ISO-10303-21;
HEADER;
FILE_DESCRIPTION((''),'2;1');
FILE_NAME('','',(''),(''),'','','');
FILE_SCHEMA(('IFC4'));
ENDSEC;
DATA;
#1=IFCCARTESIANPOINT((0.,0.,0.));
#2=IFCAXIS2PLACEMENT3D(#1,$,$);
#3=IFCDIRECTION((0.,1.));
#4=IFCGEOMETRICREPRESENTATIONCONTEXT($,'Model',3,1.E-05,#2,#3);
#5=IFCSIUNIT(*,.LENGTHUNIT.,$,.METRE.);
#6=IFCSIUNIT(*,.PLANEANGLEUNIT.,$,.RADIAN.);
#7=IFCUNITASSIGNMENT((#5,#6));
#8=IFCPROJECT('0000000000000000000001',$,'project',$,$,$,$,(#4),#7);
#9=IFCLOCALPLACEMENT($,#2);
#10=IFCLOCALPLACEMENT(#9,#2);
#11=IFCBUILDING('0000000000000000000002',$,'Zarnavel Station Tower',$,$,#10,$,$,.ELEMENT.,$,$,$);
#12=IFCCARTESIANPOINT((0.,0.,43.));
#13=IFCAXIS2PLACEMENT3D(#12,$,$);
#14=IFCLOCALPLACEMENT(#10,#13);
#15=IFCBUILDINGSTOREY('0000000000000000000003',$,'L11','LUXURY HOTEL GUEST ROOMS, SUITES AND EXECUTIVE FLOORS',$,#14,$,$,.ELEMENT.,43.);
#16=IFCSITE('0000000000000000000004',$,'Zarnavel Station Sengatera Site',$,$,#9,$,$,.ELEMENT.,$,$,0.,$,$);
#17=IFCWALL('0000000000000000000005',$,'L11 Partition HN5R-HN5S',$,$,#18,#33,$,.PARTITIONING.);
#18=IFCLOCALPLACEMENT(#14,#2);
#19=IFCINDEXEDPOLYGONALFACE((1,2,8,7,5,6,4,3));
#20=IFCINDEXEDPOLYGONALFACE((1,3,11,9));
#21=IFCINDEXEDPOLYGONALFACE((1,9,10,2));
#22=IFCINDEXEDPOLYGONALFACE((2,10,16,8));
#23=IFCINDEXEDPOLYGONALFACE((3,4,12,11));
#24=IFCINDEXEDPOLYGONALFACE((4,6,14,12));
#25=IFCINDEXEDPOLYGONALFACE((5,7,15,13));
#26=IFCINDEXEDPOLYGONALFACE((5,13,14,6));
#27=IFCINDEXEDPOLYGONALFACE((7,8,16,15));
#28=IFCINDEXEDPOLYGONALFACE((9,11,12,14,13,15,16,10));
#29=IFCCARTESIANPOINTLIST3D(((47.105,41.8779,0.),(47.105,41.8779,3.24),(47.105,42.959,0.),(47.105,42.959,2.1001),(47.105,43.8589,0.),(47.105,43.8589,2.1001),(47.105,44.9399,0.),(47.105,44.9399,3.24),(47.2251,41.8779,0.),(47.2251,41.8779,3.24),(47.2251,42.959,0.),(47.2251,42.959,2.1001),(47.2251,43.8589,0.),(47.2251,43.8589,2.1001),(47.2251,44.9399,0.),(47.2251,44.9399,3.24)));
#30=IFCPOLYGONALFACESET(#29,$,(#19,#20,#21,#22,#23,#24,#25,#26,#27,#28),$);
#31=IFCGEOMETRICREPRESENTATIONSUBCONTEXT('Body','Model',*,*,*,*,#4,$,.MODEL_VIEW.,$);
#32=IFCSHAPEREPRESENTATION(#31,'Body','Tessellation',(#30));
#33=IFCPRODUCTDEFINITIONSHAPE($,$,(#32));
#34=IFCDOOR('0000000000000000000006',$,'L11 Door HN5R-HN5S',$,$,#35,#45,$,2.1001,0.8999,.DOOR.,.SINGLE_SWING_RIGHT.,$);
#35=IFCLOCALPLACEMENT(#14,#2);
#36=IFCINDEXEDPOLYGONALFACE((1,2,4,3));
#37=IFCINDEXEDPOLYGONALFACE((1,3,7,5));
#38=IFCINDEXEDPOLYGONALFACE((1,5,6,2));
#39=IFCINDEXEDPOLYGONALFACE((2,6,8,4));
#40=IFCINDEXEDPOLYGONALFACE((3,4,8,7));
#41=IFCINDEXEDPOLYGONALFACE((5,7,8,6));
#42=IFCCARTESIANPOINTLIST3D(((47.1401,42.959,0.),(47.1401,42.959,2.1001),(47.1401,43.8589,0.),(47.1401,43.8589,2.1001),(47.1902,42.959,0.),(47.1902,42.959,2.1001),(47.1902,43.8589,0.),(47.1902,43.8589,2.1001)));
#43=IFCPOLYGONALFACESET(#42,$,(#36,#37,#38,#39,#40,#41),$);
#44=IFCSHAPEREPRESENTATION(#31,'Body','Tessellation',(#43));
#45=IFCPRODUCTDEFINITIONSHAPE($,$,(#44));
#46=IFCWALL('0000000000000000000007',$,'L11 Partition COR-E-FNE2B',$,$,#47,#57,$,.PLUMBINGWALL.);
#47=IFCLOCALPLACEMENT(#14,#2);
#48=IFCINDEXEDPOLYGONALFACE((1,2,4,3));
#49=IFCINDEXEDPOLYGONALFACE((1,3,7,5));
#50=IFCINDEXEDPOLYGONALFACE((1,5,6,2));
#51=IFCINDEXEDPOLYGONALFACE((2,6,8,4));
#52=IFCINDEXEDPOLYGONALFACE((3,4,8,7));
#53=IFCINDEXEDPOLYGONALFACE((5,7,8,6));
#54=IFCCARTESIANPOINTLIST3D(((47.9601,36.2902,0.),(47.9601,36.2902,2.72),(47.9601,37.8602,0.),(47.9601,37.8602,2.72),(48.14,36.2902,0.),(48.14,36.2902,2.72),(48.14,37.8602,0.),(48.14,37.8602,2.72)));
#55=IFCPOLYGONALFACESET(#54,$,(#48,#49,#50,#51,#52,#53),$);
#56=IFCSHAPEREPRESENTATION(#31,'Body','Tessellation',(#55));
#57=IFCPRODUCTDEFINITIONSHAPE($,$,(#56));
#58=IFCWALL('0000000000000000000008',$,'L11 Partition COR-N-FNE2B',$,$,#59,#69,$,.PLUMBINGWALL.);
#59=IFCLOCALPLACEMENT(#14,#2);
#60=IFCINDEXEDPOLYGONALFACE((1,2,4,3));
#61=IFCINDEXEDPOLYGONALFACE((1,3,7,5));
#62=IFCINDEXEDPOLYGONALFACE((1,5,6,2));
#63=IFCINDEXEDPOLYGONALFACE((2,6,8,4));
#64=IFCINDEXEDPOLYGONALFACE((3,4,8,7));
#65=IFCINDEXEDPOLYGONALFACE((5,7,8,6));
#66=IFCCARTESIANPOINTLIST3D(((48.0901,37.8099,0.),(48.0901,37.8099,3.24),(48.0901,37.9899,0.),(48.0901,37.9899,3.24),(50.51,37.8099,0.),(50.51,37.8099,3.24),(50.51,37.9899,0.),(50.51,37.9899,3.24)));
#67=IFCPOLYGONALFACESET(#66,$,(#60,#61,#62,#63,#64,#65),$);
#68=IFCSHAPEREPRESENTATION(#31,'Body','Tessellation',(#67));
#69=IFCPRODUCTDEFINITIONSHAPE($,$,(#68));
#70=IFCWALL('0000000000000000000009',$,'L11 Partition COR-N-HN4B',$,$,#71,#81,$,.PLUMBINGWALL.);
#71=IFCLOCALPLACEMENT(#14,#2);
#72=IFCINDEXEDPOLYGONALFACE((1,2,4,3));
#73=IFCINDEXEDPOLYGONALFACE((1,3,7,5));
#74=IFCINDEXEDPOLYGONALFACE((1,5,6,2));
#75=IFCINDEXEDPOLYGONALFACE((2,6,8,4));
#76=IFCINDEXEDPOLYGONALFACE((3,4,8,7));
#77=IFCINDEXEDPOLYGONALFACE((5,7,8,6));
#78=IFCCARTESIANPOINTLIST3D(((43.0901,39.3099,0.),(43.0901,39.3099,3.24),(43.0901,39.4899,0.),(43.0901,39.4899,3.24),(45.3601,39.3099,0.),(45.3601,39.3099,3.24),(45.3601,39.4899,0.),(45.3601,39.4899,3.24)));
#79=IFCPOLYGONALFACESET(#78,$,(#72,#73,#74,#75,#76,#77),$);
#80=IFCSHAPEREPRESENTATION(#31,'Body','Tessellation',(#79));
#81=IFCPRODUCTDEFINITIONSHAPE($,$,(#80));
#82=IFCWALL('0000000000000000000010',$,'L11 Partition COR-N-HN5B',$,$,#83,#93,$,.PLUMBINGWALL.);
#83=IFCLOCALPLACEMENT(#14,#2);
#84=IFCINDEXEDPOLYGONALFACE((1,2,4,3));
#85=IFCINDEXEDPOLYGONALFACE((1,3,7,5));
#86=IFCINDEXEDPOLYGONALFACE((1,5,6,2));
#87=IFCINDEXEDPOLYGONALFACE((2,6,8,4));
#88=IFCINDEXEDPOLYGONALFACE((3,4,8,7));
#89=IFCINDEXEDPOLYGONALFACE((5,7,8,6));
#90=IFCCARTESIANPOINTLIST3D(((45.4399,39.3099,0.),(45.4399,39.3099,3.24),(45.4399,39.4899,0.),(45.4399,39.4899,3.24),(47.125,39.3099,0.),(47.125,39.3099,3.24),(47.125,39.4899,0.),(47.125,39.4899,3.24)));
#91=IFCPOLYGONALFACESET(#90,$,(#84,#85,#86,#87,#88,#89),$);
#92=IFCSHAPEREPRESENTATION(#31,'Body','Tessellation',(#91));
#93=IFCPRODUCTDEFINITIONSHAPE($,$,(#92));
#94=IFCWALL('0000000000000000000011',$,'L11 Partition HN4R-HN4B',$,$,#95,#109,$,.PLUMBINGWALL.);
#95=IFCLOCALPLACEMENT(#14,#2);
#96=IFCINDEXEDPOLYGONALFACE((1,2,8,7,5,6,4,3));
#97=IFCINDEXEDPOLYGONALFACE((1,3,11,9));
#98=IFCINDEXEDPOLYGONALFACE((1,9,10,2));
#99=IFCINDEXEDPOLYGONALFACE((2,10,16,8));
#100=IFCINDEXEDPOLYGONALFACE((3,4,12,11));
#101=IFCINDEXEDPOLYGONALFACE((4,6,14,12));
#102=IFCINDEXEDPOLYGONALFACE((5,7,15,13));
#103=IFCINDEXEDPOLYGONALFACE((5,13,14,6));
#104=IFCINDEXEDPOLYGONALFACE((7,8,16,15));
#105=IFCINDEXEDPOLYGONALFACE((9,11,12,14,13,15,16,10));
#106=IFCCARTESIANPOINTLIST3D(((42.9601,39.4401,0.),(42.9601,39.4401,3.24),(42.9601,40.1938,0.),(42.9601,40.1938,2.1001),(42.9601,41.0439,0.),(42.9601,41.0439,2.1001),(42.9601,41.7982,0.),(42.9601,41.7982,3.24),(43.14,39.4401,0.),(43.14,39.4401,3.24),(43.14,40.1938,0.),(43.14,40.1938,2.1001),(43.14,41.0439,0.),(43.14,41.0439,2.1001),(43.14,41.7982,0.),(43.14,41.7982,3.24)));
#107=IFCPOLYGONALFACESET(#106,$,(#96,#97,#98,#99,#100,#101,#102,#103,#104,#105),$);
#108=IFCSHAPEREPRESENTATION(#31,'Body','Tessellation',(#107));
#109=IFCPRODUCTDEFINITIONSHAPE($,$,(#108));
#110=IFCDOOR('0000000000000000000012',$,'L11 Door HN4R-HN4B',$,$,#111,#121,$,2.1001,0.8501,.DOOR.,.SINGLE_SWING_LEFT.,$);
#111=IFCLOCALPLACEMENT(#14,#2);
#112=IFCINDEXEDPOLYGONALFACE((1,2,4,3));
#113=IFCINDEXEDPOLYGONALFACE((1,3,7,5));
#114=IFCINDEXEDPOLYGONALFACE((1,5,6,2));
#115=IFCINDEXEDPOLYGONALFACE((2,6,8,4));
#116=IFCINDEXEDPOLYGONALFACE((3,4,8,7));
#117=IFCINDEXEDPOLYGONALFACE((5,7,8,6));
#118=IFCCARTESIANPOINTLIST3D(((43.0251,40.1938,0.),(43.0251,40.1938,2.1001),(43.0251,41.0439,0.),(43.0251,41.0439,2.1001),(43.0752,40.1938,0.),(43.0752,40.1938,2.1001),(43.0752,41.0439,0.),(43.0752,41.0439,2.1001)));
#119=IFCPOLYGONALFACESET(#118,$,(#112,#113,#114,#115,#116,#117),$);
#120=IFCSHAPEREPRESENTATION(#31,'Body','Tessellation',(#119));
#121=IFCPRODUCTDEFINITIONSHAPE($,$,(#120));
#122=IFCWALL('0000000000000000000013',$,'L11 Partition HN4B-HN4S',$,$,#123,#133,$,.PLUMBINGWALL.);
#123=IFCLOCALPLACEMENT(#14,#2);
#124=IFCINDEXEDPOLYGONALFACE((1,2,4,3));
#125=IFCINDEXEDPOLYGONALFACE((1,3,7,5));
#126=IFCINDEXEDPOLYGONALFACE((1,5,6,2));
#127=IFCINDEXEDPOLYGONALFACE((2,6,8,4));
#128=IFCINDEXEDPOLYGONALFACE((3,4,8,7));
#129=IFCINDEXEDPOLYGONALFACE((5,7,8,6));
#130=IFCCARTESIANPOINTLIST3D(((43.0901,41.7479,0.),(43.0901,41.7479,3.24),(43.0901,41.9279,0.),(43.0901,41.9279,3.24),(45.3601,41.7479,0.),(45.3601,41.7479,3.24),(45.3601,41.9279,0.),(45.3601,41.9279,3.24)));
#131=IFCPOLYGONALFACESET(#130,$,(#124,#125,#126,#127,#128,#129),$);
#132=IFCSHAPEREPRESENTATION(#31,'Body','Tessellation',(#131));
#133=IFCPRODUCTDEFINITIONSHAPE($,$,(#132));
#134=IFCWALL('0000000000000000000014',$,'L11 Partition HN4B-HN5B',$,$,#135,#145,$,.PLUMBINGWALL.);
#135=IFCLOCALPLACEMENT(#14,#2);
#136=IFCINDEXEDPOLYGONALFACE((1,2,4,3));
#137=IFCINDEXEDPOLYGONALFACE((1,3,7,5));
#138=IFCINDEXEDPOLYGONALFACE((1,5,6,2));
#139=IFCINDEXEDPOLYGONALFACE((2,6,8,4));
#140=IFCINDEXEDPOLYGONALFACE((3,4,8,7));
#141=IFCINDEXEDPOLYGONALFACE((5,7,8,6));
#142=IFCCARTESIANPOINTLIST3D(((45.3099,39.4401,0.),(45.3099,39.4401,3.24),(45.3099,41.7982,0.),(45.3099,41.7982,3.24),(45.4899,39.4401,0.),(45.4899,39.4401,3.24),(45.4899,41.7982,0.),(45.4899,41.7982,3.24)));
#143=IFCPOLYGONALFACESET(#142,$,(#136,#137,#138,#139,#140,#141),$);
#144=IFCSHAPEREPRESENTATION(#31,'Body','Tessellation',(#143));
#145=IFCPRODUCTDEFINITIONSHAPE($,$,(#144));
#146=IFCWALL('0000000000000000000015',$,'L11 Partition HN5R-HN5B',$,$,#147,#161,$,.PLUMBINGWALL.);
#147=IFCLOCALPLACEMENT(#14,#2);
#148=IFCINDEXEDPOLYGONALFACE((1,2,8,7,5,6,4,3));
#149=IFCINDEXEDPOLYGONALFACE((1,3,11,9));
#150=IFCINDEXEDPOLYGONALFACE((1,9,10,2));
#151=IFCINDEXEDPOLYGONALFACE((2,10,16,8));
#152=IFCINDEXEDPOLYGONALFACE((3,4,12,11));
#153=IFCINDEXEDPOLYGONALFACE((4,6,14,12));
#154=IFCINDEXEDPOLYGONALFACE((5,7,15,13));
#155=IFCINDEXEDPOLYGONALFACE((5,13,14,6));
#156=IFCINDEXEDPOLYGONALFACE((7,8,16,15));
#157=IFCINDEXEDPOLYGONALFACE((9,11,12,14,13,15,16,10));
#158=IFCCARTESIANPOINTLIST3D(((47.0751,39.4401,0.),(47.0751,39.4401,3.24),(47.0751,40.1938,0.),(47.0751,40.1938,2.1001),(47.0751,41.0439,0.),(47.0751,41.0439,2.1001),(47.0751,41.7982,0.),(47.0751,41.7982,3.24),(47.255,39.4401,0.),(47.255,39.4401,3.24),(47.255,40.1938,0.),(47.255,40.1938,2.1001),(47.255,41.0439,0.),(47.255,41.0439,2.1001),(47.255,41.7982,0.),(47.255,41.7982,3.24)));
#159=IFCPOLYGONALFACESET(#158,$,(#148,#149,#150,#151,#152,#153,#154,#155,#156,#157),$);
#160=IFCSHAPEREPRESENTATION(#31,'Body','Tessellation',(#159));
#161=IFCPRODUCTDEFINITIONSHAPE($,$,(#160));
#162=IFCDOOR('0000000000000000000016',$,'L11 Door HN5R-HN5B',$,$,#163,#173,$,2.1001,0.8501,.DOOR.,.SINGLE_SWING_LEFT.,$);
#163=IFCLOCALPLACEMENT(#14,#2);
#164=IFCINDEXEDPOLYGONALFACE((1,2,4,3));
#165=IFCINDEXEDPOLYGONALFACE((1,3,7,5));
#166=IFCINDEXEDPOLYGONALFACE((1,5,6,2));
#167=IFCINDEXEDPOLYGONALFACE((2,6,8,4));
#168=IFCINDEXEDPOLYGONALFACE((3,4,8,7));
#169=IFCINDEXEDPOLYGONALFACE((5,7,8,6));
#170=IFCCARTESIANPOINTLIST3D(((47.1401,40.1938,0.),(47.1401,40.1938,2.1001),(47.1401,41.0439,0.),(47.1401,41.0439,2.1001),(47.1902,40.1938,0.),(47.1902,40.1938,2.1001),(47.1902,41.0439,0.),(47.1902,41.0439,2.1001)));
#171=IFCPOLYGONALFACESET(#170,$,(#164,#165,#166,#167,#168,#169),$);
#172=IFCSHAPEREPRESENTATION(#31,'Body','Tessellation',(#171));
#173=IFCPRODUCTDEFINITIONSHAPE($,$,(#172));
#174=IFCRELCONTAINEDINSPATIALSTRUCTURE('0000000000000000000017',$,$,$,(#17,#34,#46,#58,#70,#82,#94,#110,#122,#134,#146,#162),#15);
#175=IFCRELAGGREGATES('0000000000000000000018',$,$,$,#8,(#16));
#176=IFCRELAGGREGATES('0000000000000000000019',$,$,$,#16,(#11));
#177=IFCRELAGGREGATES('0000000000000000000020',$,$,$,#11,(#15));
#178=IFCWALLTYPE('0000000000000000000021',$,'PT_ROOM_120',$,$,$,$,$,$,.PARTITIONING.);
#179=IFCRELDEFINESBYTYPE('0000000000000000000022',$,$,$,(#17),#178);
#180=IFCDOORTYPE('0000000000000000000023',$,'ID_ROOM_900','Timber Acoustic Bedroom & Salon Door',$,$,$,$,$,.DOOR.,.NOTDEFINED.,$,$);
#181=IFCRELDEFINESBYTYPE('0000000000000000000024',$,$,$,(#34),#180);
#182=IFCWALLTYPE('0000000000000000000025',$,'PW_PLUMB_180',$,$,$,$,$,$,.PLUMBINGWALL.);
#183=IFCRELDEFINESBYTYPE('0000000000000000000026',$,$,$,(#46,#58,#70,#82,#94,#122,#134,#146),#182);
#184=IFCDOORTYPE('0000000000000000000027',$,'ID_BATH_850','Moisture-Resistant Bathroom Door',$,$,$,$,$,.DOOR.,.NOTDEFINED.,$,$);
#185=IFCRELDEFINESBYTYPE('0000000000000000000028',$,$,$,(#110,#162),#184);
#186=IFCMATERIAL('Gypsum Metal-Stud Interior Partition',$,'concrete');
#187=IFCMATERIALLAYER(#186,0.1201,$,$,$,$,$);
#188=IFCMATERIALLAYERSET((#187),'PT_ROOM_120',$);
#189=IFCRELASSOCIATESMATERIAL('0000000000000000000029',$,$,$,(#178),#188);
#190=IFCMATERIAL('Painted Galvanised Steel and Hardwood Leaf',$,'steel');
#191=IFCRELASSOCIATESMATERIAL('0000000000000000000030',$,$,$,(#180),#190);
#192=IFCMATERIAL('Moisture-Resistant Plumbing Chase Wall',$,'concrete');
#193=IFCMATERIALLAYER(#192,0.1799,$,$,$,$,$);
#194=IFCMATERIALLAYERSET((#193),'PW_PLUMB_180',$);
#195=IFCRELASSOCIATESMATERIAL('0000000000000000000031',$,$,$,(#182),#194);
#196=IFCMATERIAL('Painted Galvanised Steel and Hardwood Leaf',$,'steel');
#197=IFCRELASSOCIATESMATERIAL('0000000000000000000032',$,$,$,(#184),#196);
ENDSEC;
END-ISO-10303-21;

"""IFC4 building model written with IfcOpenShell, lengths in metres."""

from ifc_helpers import new_model, si_unit, direction, frame, frame_2d, origin, place, context, subcontext, project, spatial, rectangle, extrude, material, layer, layer_set, type_object, element, fill, save


model = new_model("IFC4")

# Units and contexts
model_context = context("Model", 3, precision=1e-05, world=origin(), true_north=direction((0.0, 1.0)))
body_context = subcontext(model_context, "Body", "Model", "MODEL_VIEW")
ifc_project = project(units=[si_unit("LENGTHUNIT", "METRE"), si_unit("PLANEANGLEUNIT", "RADIAN")], contexts=[model_context])

# Site, building, storey
site_placement = place(None, origin())
site = spatial("IfcSite", under=ifc_project, at=site_placement, Name="Zarnavel Station Sengatera Site", CompositionType="ELEMENT", RefElevation=0.0)
building_placement = place(site_placement, origin())
building = spatial("IfcBuilding", under=site, at=building_placement, Name="Zarnavel Station Tower", CompositionType="ELEMENT")
storey_placement = place(building_placement, frame((0.0, 0.0, 43.0)))
storey = spatial("IfcBuildingStorey", under=building, at=storey_placement, Name="L11", Description="LUXURY HOTEL GUEST ROOMS, SUITES AND EXECUTIVE FLOORS", CompositionType="ELEMENT", Elevation=43.0)

# Wall, opening, door
ifc_material_1 = material(Name="Gypsum Metal-Stud Interior Partition", Category="concrete")
ifc_layer_1 = layer(ifc_material_1, 0.1201)
ifc_layer_set_1 = layer_set([ifc_layer_1], Name="PT_ROOM_120")
wall_type_1 = type_object("IfcWallType", Name="PT_ROOM_120", PredefinedType="PARTITIONING", material=ifc_layer_set_1)
ifc_material_2 = material(Name="Painted Galvanised Steel and Hardwood Leaf", Category="steel")
door_type_1 = type_object("IfcDoorType", Name="ID_ROOM_900", Description="Timber Acoustic Bedroom & Salon Door", OperationType="NOTDEFINED", PredefinedType="DOOR", material=ifc_material_2)
wall_1_placement = place(storey_placement, frame((47.165, 41.8779, 0.0), z_axis=(0.0, 0.0, 1.0), x_axis=(0.0, 1.0, 0.0)))
wall_1 = element("IfcWall", 1, at=wall_1_placement, inside=storey, type_object=wall_type_1, Name="L11 Partition HN5R-HN5S", PredefinedType="PARTITIONING", context=body_context, shape_type="SweptSolid", body=[
    extrude(rectangle(XDim=3.062, YDim=0.1201, at=frame_2d((1.531, 0.0))), origin(), (0.0, 0.0, 1.0), 3.24),
])
opening_1_placement = place(wall_1_placement, frame((1.0811, 0.0, 0.0)))
opening_1 = element("IfcOpeningElement", 2, at=opening_1_placement, cuts=wall_1, PredefinedType="OPENING", context=body_context, shape_type="SweptSolid", body=[
    extrude(rectangle(XDim=0.8999, YDim=2.1001, at=frame_2d((0.45, 1.05))), frame((0.0, 0.0701, 0.0), z_axis=(0.0, -1.0, 0.0), x_axis=(1.0, 0.0, 0.0)), (0.0, 0.0, 1.0), 0.1401),
])
door_1_placement = place(opening_1_placement, origin())
door_1 = element("IfcDoor", 3, at=door_1_placement, inside=storey, type_object=door_type_1, Name="L11 Door HN5R-HN5S", OperationType="SINGLE_SWING_RIGHT", OverallHeight=2.1001, OverallWidth=0.8999, PredefinedType="DOOR", context=body_context, shape_type="SweptSolid", body=[
    extrude(rectangle(XDim=0.8999, YDim=2.1001, at=frame_2d((0.45, 1.05))), frame((0.0, 0.0249, 0.0), z_axis=(0.0, -1.0, 0.0), x_axis=(1.0, 0.0, 0.0)), (0.0, 0.0, 1.0), 0.05),
])
fill(opening_1, door_1)

# Walls
ifc_material_3 = material(Name="Moisture-Resistant Plumbing Chase Wall", Category="concrete")
ifc_layer_2 = layer(ifc_material_3, 0.1799)
ifc_layer_set_2 = layer_set([ifc_layer_2], Name="PW_PLUMB_180")
wall_type_2 = type_object("IfcWallType", Name="PW_PLUMB_180", PredefinedType="PLUMBINGWALL", material=ifc_layer_set_2)
wall_2_placement = place(storey_placement, frame((48.05, 36.29, 0.0), z_axis=(0.0, 0.0, 1.0), x_axis=(0.0, 1.0, 0.0)))
element("IfcWall", 4, at=wall_2_placement, inside=storey, type_object=wall_type_2, Name="L11 Partition COR-E-FNE2B", PredefinedType="PLUMBINGWALL", context=body_context, shape_type="SweptSolid", body=[
    extrude(rectangle(XDim=1.5701, YDim=0.1799, at=frame_2d((0.7852, 0.0))), origin(), (0.0, 0.0, 1.0), 2.72),
])
wall_3_placement = place(storey_placement, frame((48.0901, 37.8999, 0.0), z_axis=(0.0, 0.0, 1.0), x_axis=(1.0, 0.0, 0.0)))
element("IfcWall", 5, at=wall_3_placement, inside=storey, type_object=wall_type_2, Name="L11 Partition COR-N-FNE2B", PredefinedType="PLUMBINGWALL", context=body_context, shape_type="SweptSolid", body=[
    extrude(rectangle(XDim=2.4199, YDim=0.1799, at=frame_2d((1.21, 0.0))), origin(), (0.0, 0.0, 1.0), 3.24),
])
wall_4_placement = place(storey_placement, frame((43.0901, 39.3999, 0.0), z_axis=(0.0, 0.0, 1.0), x_axis=(1.0, 0.0, 0.0)))
element("IfcWall", 6, at=wall_4_placement, inside=storey, type_object=wall_type_2, Name="L11 Partition COR-N-HN4B", PredefinedType="PLUMBINGWALL", context=body_context, shape_type="SweptSolid", body=[
    extrude(rectangle(XDim=2.27, YDim=0.1799, at=frame_2d((1.135, 0.0))), origin(), (0.0, 0.0, 1.0), 3.24),
])
wall_5_placement = place(storey_placement, frame((45.4399, 39.3999, 0.0), z_axis=(0.0, 0.0, 1.0), x_axis=(1.0, 0.0, 0.0)))
element("IfcWall", 7, at=wall_5_placement, inside=storey, type_object=wall_type_2, Name="L11 Partition COR-N-HN5B", PredefinedType="PLUMBINGWALL", context=body_context, shape_type="SweptSolid", body=[
    extrude(rectangle(XDim=1.6851, YDim=0.1799, at=frame_2d((0.8425, 0.0))), origin(), (0.0, 0.0, 1.0), 3.24),
])

# Wall, opening, door
wall_6_placement = place(storey_placement, frame((43.05, 39.4399, 0.0), z_axis=(0.0, 0.0, 1.0), x_axis=(0.0, 1.0, 0.0)))
wall_6 = element("IfcWall", 8, at=wall_6_placement, inside=storey, type_object=wall_type_2, Name="L11 Partition HN4R-HN4B", PredefinedType="PLUMBINGWALL", context=body_context, shape_type="SweptSolid", body=[
    extrude(rectangle(XDim=2.3582, YDim=0.1799, at=frame_2d((1.1792, 0.0))), origin(), (0.0, 0.0, 1.0), 3.24),
])
opening_2_placement = place(wall_6_placement, frame((0.7539, 0.0, 0.0)))
opening_2 = element("IfcOpeningElement", 9, at=opening_2_placement, cuts=wall_6, PredefinedType="OPENING", context=body_context, shape_type="SweptSolid", body=[
    extrude(rectangle(XDim=0.8501, YDim=2.1001, at=frame_2d((0.425, 1.05))), frame((0.0, 0.0999, 0.0), z_axis=(0.0, -1.0, 0.0), x_axis=(1.0, 0.0, 0.0)), (0.0, 0.0, 1.0), 0.2),
])
ifc_material_4 = material(Name="Painted Galvanised Steel and Hardwood Leaf", Category="steel")
door_type_2 = type_object("IfcDoorType", Name="ID_BATH_850", Description="Moisture-Resistant Bathroom Door", OperationType="NOTDEFINED", PredefinedType="DOOR", material=ifc_material_4)
door_2_placement = place(opening_2_placement, origin())
door_2 = element("IfcDoor", 10, at=door_2_placement, inside=storey, type_object=door_type_2, Name="L11 Door HN4R-HN4B", OperationType="SINGLE_SWING_LEFT", OverallHeight=2.1001, OverallWidth=0.8501, PredefinedType="DOOR", context=body_context, shape_type="SweptSolid", body=[
    extrude(rectangle(XDim=0.8501, YDim=2.1001, at=frame_2d((0.425, 1.05))), frame((0.0, 0.0249, 0.0), z_axis=(0.0, -1.0, 0.0), x_axis=(1.0, 0.0, 0.0)), (0.0, 0.0, 1.0), 0.05),
])
fill(opening_2, door_2)

# Walls
wall_7_placement = place(storey_placement, frame((43.0901, 41.8379, 0.0), z_axis=(0.0, 0.0, 1.0), x_axis=(1.0, 0.0, 0.0)))
element("IfcWall", 11, at=wall_7_placement, inside=storey, type_object=wall_type_2, Name="L11 Partition HN4B-HN4S", PredefinedType="PLUMBINGWALL", context=body_context, shape_type="SweptSolid", body=[
    extrude(rectangle(XDim=2.27, YDim=0.1799, at=frame_2d((1.135, 0.0))), origin(), (0.0, 0.0, 1.0), 3.24),
])
wall_8_placement = place(storey_placement, frame((45.3999, 39.4399, 0.0), z_axis=(0.0, 0.0, 1.0), x_axis=(0.0, 1.0, 0.0)))
element("IfcWall", 12, at=wall_8_placement, inside=storey, type_object=wall_type_2, Name="L11 Partition HN4B-HN5B", PredefinedType="PLUMBINGWALL", context=body_context, shape_type="SweptSolid", body=[
    extrude(rectangle(XDim=2.3582, YDim=0.1799, at=frame_2d((1.1792, 0.0))), origin(), (0.0, 0.0, 1.0), 3.24),
])

# Wall, opening, door
wall_9_placement = place(storey_placement, frame((47.165, 39.4399, 0.0), z_axis=(0.0, 0.0, 1.0), x_axis=(0.0, 1.0, 0.0)))
wall_9 = element("IfcWall", 13, at=wall_9_placement, inside=storey, type_object=wall_type_2, Name="L11 Partition HN5R-HN5B", PredefinedType="PLUMBINGWALL", context=body_context, shape_type="SweptSolid", body=[
    extrude(rectangle(XDim=2.3582, YDim=0.1799, at=frame_2d((1.1792, 0.0))), origin(), (0.0, 0.0, 1.0), 3.24),
])
opening_3_placement = place(wall_9_placement, frame((0.7539, 0.0, 0.0)))
opening_3 = element("IfcOpeningElement", 14, at=opening_3_placement, cuts=wall_9, PredefinedType="OPENING", context=body_context, shape_type="SweptSolid", body=[
    extrude(rectangle(XDim=0.8501, YDim=2.1001, at=frame_2d((0.425, 1.05))), frame((0.0, 0.0999, 0.0), z_axis=(0.0, -1.0, 0.0), x_axis=(1.0, 0.0, 0.0)), (0.0, 0.0, 1.0), 0.2),
])
door_3_placement = place(opening_3_placement, origin())
door_3 = element("IfcDoor", 15, at=door_3_placement, inside=storey, type_object=door_type_2, Name="L11 Door HN5R-HN5B", OperationType="SINGLE_SWING_LEFT", OverallHeight=2.1001, OverallWidth=0.8501, PredefinedType="DOOR", context=body_context, shape_type="SweptSolid", body=[
    extrude(rectangle(XDim=0.8501, YDim=2.1001, at=frame_2d((0.425, 1.05))), frame((0.0, 0.0249, 0.0), z_axis=(0.0, -1.0, 0.0), x_axis=(1.0, 0.0, 0.0)), (0.0, 0.0, 1.0), 0.05),
])
fill(opening_3, door_3)

save(model, "model.ifc")
